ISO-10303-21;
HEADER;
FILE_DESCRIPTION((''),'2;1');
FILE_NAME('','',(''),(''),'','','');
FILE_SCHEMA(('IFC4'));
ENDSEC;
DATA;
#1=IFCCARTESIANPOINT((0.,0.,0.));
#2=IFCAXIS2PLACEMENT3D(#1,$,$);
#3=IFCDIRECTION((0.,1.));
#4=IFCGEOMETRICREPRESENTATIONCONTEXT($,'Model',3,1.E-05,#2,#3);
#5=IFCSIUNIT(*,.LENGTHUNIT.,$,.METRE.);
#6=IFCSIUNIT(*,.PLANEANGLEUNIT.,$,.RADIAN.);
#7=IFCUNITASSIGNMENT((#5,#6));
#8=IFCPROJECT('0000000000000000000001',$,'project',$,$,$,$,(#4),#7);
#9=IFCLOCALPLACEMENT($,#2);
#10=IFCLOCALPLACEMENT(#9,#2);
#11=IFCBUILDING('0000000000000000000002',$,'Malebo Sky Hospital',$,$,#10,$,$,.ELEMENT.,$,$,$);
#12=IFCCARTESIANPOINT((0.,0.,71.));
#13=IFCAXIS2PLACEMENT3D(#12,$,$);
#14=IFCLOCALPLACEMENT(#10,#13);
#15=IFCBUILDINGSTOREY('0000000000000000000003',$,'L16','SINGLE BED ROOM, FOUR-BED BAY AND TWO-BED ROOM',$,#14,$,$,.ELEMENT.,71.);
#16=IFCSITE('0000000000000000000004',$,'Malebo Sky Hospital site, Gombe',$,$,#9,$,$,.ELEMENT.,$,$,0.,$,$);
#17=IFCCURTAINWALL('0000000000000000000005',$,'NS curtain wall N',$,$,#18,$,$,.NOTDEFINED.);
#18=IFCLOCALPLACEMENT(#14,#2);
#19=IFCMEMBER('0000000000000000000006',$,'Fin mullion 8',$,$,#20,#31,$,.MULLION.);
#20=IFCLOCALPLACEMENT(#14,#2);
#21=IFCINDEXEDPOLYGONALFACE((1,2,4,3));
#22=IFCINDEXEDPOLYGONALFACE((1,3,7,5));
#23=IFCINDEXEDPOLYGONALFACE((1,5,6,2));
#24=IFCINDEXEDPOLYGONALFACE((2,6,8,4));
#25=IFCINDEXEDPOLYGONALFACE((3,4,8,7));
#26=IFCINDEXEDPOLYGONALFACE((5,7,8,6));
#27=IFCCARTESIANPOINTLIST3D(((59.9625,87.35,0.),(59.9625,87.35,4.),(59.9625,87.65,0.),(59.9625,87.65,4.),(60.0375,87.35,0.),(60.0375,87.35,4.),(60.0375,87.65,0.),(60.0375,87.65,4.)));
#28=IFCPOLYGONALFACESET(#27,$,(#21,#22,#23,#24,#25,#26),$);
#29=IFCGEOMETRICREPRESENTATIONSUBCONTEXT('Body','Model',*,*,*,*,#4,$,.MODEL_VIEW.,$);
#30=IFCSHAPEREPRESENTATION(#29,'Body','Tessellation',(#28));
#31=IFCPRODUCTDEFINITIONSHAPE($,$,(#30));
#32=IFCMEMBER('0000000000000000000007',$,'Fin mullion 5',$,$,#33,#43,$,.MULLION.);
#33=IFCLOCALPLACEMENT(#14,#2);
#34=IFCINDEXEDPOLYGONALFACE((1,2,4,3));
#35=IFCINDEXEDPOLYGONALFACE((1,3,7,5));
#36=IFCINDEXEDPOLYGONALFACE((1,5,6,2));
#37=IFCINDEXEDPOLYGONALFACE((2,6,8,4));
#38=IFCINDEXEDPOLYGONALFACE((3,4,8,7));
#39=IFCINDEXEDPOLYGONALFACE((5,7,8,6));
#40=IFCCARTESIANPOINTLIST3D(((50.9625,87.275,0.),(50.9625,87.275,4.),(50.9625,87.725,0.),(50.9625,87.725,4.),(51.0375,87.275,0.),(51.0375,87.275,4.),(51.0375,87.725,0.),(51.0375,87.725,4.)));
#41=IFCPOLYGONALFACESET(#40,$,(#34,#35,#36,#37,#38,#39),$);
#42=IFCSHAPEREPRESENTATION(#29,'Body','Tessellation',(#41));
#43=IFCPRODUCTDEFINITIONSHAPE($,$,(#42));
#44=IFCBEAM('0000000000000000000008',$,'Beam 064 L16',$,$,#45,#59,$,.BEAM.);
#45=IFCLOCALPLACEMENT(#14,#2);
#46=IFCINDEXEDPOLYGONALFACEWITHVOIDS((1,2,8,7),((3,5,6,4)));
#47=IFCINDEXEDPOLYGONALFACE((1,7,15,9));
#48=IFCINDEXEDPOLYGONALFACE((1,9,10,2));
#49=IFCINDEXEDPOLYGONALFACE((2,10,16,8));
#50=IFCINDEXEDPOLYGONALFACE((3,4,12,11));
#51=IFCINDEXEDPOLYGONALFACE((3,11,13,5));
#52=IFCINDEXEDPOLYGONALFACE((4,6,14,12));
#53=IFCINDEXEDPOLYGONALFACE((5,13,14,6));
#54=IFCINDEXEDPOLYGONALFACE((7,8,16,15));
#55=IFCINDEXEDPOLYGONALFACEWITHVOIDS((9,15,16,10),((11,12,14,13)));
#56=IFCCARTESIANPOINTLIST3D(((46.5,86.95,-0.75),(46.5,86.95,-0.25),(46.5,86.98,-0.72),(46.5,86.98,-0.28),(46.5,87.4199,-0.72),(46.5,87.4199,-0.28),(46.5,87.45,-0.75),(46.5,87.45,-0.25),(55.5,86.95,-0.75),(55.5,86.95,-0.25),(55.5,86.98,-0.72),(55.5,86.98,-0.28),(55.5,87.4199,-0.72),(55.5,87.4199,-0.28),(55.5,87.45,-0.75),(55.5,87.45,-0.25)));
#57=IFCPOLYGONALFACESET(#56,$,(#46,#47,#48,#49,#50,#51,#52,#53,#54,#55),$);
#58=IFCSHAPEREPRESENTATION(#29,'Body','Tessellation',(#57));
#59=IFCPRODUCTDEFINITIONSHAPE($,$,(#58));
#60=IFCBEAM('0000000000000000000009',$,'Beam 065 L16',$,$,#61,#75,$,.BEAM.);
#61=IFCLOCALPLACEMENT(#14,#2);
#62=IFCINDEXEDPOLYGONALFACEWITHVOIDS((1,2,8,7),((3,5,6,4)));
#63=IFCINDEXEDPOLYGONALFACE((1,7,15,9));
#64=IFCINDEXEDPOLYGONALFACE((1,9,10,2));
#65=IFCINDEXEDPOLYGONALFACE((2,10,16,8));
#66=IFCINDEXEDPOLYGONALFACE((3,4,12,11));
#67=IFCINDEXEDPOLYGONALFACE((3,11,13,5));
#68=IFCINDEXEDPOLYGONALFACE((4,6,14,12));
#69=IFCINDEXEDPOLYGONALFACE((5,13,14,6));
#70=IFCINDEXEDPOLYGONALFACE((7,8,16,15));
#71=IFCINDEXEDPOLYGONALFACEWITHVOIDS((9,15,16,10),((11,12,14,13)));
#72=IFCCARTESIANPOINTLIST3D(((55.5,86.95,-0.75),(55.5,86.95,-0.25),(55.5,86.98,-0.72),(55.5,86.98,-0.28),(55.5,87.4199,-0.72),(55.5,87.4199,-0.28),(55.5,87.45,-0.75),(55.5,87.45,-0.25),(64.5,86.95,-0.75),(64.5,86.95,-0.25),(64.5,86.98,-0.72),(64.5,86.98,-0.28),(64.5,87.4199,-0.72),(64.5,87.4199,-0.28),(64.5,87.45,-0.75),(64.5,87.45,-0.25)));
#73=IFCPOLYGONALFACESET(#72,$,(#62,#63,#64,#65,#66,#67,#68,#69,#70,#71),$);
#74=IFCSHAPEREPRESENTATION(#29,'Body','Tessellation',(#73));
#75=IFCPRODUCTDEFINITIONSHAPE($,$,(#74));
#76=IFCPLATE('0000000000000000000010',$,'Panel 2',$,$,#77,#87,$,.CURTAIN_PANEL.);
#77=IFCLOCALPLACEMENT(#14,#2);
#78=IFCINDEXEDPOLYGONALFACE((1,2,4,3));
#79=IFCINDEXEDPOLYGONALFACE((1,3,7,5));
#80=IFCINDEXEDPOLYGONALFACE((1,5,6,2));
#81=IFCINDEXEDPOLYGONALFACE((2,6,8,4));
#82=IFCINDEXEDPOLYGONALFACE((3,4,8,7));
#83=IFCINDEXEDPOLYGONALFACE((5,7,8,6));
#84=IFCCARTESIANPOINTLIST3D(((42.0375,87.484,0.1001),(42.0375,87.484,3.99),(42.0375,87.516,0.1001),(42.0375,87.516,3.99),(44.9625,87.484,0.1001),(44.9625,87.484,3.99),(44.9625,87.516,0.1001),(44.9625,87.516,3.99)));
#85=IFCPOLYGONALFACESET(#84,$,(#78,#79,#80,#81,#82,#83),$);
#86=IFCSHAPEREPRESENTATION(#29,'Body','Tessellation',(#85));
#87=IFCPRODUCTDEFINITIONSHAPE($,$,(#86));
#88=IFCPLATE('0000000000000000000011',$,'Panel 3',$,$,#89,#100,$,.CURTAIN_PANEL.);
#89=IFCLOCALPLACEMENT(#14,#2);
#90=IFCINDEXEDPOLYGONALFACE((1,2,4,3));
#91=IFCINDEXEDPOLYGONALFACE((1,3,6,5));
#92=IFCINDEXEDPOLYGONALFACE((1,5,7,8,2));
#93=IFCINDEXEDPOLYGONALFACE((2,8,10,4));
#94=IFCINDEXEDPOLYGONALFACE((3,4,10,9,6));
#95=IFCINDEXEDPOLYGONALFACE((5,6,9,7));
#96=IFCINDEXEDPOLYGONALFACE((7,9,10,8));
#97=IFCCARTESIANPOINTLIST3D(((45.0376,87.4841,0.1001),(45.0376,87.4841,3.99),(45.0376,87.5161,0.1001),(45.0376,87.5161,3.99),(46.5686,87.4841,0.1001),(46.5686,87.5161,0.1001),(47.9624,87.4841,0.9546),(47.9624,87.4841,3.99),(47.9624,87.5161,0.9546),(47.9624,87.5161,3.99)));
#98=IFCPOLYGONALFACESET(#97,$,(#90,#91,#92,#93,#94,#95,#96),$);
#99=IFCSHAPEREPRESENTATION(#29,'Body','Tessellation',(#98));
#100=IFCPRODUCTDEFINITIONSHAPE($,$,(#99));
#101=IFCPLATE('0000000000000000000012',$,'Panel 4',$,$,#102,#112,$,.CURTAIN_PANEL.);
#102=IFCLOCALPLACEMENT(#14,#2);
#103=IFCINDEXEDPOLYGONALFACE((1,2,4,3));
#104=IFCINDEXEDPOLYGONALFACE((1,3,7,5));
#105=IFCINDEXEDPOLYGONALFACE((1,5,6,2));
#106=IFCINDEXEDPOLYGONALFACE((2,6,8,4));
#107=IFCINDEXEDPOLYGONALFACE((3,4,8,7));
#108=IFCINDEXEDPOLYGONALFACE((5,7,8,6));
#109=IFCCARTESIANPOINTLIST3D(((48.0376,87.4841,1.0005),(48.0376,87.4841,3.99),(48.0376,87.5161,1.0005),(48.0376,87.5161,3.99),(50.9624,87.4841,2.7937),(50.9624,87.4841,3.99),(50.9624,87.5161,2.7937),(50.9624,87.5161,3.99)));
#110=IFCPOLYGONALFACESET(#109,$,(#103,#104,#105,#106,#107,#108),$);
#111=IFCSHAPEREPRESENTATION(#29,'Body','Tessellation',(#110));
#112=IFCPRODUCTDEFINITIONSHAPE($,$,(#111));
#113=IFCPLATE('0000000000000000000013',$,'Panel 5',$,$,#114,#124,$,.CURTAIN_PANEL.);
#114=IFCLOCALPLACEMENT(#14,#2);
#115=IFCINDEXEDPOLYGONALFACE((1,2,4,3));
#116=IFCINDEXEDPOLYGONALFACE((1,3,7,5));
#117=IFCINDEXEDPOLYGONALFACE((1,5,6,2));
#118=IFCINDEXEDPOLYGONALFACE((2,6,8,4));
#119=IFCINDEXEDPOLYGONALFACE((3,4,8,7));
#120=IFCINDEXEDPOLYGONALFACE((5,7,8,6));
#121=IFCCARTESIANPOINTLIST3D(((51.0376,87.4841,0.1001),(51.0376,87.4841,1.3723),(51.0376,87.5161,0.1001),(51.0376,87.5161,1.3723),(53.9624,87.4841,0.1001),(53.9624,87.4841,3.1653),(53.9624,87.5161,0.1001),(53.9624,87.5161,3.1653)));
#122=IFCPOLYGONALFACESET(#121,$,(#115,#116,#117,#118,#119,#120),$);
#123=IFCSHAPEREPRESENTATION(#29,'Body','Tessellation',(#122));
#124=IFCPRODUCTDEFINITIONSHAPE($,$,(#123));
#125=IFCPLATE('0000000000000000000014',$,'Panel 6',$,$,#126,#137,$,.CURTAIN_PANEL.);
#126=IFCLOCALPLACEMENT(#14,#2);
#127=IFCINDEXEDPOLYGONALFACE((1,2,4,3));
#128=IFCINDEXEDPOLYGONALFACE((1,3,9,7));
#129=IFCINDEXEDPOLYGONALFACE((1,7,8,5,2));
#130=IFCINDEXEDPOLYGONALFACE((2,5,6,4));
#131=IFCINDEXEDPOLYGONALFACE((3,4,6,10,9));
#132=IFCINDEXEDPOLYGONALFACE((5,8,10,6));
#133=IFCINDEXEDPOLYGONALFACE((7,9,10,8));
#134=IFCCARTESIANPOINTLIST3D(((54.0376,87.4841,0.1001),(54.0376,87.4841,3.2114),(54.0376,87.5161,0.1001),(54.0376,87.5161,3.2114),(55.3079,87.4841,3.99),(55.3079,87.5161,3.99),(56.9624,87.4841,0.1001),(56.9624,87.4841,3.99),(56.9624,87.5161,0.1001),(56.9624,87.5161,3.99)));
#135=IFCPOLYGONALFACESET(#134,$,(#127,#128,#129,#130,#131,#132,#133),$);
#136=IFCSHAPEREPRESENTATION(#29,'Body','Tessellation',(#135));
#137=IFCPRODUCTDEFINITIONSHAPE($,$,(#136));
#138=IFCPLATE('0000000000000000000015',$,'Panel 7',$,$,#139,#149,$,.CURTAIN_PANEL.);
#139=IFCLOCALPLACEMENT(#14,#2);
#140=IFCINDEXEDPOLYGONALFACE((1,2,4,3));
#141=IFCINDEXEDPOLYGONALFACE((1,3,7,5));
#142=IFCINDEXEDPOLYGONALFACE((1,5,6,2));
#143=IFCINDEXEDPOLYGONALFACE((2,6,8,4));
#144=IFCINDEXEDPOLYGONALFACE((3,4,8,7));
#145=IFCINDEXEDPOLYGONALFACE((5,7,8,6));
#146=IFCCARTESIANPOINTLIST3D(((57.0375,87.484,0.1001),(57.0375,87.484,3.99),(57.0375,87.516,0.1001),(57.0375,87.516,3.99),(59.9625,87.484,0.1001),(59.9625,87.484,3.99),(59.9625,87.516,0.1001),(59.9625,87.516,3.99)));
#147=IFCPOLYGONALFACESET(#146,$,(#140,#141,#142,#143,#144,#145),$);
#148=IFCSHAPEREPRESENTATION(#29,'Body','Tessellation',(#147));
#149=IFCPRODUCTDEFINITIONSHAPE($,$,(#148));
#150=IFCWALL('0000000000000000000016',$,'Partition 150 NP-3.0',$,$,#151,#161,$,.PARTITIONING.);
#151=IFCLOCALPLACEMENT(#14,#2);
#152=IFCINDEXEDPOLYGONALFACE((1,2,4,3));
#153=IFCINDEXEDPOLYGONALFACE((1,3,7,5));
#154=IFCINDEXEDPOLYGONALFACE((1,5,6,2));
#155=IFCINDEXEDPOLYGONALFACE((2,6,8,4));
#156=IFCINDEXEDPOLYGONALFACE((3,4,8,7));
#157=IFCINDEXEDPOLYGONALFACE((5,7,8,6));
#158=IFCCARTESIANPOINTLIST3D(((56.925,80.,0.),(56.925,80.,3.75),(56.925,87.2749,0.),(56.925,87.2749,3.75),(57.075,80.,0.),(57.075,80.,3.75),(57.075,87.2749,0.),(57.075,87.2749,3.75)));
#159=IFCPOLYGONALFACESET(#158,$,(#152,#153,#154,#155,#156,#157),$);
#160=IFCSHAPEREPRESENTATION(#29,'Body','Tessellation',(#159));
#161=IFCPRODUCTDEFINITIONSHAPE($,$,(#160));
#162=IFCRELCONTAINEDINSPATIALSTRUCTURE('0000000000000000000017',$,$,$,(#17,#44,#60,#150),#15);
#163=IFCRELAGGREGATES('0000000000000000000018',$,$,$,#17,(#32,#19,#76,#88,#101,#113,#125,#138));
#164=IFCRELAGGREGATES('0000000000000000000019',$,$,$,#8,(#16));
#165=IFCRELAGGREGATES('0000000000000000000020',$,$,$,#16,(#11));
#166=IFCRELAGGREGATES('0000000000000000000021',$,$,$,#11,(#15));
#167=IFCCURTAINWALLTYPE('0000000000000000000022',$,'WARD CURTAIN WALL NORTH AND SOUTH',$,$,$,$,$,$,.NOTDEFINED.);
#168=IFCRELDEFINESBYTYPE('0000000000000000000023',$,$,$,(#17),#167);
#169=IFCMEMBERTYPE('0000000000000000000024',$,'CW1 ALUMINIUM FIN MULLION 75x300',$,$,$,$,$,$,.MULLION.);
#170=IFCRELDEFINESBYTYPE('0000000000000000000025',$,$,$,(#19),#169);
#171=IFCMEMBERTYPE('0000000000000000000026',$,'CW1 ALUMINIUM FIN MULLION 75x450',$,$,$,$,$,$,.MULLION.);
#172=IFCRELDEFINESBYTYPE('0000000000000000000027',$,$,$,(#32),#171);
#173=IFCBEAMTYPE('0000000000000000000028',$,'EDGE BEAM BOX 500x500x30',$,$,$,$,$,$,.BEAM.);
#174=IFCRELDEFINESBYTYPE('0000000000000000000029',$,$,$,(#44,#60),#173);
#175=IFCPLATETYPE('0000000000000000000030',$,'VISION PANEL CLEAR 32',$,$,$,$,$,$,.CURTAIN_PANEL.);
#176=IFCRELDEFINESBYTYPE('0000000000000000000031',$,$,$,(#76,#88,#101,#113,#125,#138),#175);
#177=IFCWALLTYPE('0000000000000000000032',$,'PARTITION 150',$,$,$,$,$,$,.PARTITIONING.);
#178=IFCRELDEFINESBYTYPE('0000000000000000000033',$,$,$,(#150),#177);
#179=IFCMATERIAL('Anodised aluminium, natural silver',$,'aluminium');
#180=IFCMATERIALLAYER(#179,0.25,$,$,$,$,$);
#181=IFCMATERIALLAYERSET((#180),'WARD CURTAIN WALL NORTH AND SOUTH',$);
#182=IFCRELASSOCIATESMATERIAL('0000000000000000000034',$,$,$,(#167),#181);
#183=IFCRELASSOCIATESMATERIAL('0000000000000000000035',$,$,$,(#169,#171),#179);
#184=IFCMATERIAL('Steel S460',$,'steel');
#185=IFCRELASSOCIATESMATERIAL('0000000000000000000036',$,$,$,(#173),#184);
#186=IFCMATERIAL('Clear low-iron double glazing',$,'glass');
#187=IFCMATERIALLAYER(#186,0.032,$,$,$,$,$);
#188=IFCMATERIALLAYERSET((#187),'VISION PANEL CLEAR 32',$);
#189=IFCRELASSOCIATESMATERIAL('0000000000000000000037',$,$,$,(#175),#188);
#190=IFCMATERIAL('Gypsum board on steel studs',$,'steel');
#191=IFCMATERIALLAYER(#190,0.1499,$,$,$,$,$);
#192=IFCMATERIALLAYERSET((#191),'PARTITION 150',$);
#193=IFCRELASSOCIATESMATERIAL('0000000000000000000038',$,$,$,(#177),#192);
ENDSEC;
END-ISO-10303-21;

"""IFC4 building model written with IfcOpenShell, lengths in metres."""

from ifc_helpers import new_model, si_unit, direction, frame, frame_2d, origin, origin_2d, place, context, subcontext, project, spatial, polyline, rectangle, hollow_rectangle, outline, extrude, material, layer, layer_set, material_profile, profile_set, type_object, element, aggregate, save


model = new_model("IFC4")

# Units and contexts
model_context = context("Model", 3, precision=1e-05, world=origin(), true_north=direction((0.0, 1.0)))
body_context = subcontext(model_context, "Body", "Model", "MODEL_VIEW")
ifc_project = project(units=[si_unit("LENGTHUNIT", "METRE"), si_unit("PLANEANGLEUNIT", "RADIAN")], contexts=[model_context])

# Site, building, storey
site_placement = place(None, origin())
site = spatial("IfcSite", under=ifc_project, at=site_placement, Name="Malebo Sky Hospital site, Gombe", CompositionType="ELEMENT", RefElevation=0.0)
building_placement = place(site_placement, origin())
building = spatial("IfcBuilding", under=site, at=building_placement, Name="Malebo Sky Hospital", CompositionType="ELEMENT")
storey_placement = place(building_placement, frame((0.0, 0.0, 71.0)))
storey = spatial("IfcBuildingStorey", under=building, at=storey_placement, Name="L16", Description="SINGLE BED ROOM, FOUR-BED BAY AND TWO-BED ROOM", CompositionType="ELEMENT", Elevation=71.0)

# Shared definitions
ifc_material_1 = material(Name="Steel S460", Category="steel")

# Curtain wall
ifc_material_2 = material(Name="Anodised aluminium, natural silver", Category="aluminium")
ifc_layer_1 = layer(ifc_material_2, 0.25)
ifc_layer_set_1 = layer_set([ifc_layer_1], Name="WARD CURTAIN WALL NORTH AND SOUTH")
curtain_wall_type = type_object("IfcCurtainWallType", Name="WARD CURTAIN WALL NORTH AND SOUTH", PredefinedType="NOTDEFINED", material=ifc_layer_set_1)
curtain_wall_placement = place(storey_placement, origin())
curtain_wall = element("IfcCurtainWall", 1, at=curtain_wall_placement, inside=storey, type_object=curtain_wall_type, Name="NS curtain wall N", PredefinedType="NOTDEFINED")

# Members
ifc_material_profile_1 = material_profile(ifc_material_2, rectangle(XDim=0.075, YDim=0.3, at=origin_2d()), Name="CW1 ALUMINIUM FIN MULLION 75x300")
ifc_profile_set_1 = profile_set([ifc_material_profile_1], Name="Anodised aluminium, natural silver")
member_type_1 = type_object("IfcMemberType", Name="CW1 ALUMINIUM FIN MULLION 75x300", PredefinedType="MULLION", material=ifc_profile_set_1)
member_1_placement = place(storey_placement, frame((60.0, 87.5, 0.0), z_axis=(0.0, 0.0, 1.0), x_axis=(1.0, 0.0, 0.0)))
member_1 = element("IfcMember", 2, at=member_1_placement, type_object=member_type_1, Name="Fin mullion 8", PredefinedType="MULLION", context=body_context, shape_type="SweptSolid", body=[
    extrude(rectangle(XDim=0.075, YDim=0.3, at=origin_2d()), origin(), (0.0, 0.0, 1.0), 4.0),
])
ifc_material_profile_2 = material_profile(ifc_material_2, rectangle(XDim=0.075, YDim=0.45, at=origin_2d()), Name="CW1 ALUMINIUM FIN MULLION 75x450")
ifc_profile_set_2 = profile_set([ifc_material_profile_2], Name="Anodised aluminium, natural silver")
member_type_2 = type_object("IfcMemberType", Name="CW1 ALUMINIUM FIN MULLION 75x450", PredefinedType="MULLION", material=ifc_profile_set_2)
member_2_placement = place(storey_placement, frame((51.0, 87.5, 0.0), z_axis=(0.0, 0.0, 1.0), x_axis=(1.0, 0.0, 0.0)))
member_2 = element("IfcMember", 3, at=member_2_placement, type_object=member_type_2, Name="Fin mullion 5", PredefinedType="MULLION", context=body_context, shape_type="SweptSolid", body=[
    extrude(rectangle(XDim=0.075, YDim=0.45, at=origin_2d()), origin(), (0.0, 0.0, 1.0), 4.0),
])

# Beams
ifc_material_profile_3 = material_profile(ifc_material_1, hollow_rectangle(XDim=0.5, YDim=0.5, WallThickness=0.03, at=origin_2d()), Name="BOX 500x500x30")
ifc_profile_set_3 = profile_set([ifc_material_profile_3], Name="Steel S460")
beam_type = type_object("IfcBeamType", Name="EDGE BEAM BOX 500x500x30", PredefinedType="BEAM", material=ifc_profile_set_3)
for number, where, z_axis, x_axis, name in (
    (4, (46.5, 87.2, -0.5), (1.0, 0.0, 0.0), (0.0, 1.0, 0.0), "Beam 064 L16"),
    (5, (55.5, 87.2, -0.5), (1.0, 0.0, 0.0), (0.0, 1.0, 0.0), "Beam 065 L16"),
):
    element("IfcBeam", number, at=place(storey_placement, frame(where, z_axis=z_axis, x_axis=x_axis)), inside=storey, type_object=beam_type, Name=name, PredefinedType="BEAM", context=body_context, shape_type="SweptSolid", body=[
        extrude(hollow_rectangle(XDim=0.5, YDim=0.5, WallThickness=0.03, at=origin_2d()), origin(), (0.0, 0.0, 1.0), 9.0),
    ])

# Plates
ifc_material_3 = material(Name="Clear low-iron double glazing", Category="glass")
ifc_layer_2 = layer(ifc_material_3, 0.032)
ifc_layer_set_2 = layer_set([ifc_layer_2], Name="VISION PANEL CLEAR 32")
plate_type = type_object("IfcPlateType", Name="VISION PANEL CLEAR 32", PredefinedType="CURTAIN_PANEL", material=ifc_layer_set_2)
plate_1_placement = place(storey_placement, frame((43.5, 87.5, 0.1001), z_axis=(0.0, 0.0, 1.0), x_axis=(1.0, 0.0, 0.0)))
plate_1 = element("IfcPlate", 6, at=plate_1_placement, type_object=plate_type, Name="Panel 2", PredefinedType="CURTAIN_PANEL", context=body_context, shape_type="SweptSolid", body=[
    extrude(rectangle(XDim=2.925, YDim=0.032, at=origin_2d()), origin(), (0.0, 0.0, 1.0), 3.8899),
])
plate_2_placement = place(storey_placement, frame((46.5, 87.5, 0.1001), z_axis=(0.0, 0.0, 1.0), x_axis=(1.0, 0.0, 0.0)))
plate_2 = element("IfcPlate", 7, at=plate_2_placement, type_object=plate_type, Name="Panel 3", PredefinedType="CURTAIN_PANEL", context=body_context, shape_type="SweptSolid", body=[
    extrude(outline(polyline([(-1.4624, 0.0), (0.0686, 0.0), (1.4624, 0.8545), (1.4624, 3.8899), (-1.4624, 3.8899), (-1.4624, 0.0)])), frame((0.0, 0.0161, 0.0), z_axis=(0.0, -1.0, 0.0), x_axis=(1.0, 0.0, 0.0)), (0.0, 0.0, 1.0), 0.032),
])
plate_3_placement = place(storey_placement, frame((49.5, 87.5, 1.0005), z_axis=(0.0, 0.0, 1.0), x_axis=(1.0, 0.0, 0.0)))
plate_3 = element("IfcPlate", 8, at=plate_3_placement, type_object=plate_type, Name="Panel 4", PredefinedType="CURTAIN_PANEL", context=body_context, shape_type="SweptSolid", body=[
    extrude(outline(polyline([(-1.4624, 0.0), (1.4624, 1.7932), (1.4624, 2.9895), (-1.4624, 2.9895), (-1.4624, 0.0)])), frame((0.0, 0.0161, 0.0), z_axis=(0.0, -1.0, 0.0), x_axis=(1.0, 0.0, 0.0)), (0.0, 0.0, 1.0), 0.032),
])
plate_4_placement = place(storey_placement, frame((52.5, 87.5, 0.1001), z_axis=(0.0, 0.0, 1.0), x_axis=(1.0, 0.0, 0.0)))
plate_4 = element("IfcPlate", 9, at=plate_4_placement, type_object=plate_type, Name="Panel 5", PredefinedType="CURTAIN_PANEL", context=body_context, shape_type="SweptSolid", body=[
    extrude(outline(polyline([(-1.4624, 0.0), (1.4624, 0.0), (1.4624, 3.0652), (-1.4624, 1.2722), (-1.4624, 0.0)])), frame((0.0, 0.0161, 0.0), z_axis=(0.0, -1.0, 0.0), x_axis=(1.0, 0.0, 0.0)), (0.0, 0.0, 1.0), 0.032),
])
plate_5_placement = place(storey_placement, frame((55.5, 87.5, 0.1001), z_axis=(0.0, 0.0, 1.0), x_axis=(1.0, 0.0, 0.0)))
plate_5 = element("IfcPlate", 10, at=plate_5_placement, type_object=plate_type, Name="Panel 6", PredefinedType="CURTAIN_PANEL", context=body_context, shape_type="SweptSolid", body=[
    extrude(outline(polyline([(-1.4624, 0.0), (1.4624, 0.0), (1.4624, 3.8899), (-0.1921, 3.8899), (-1.4624, 3.1113), (-1.4624, 0.0)])), frame((0.0, 0.0161, 0.0), z_axis=(0.0, -1.0, 0.0), x_axis=(1.0, 0.0, 0.0)), (0.0, 0.0, 1.0), 0.032),
])
plate_6_placement = place(storey_placement, frame((58.5, 87.5, 0.1001), z_axis=(0.0, 0.0, 1.0), x_axis=(1.0, 0.0, 0.0)))
plate_6 = element("IfcPlate", 11, at=plate_6_placement, type_object=plate_type, Name="Panel 7", PredefinedType="CURTAIN_PANEL", context=body_context, shape_type="SweptSolid", body=[
    extrude(rectangle(XDim=2.925, YDim=0.032, at=origin_2d()), origin(), (0.0, 0.0, 1.0), 3.8899),
])
aggregate(curtain_wall, [member_2, member_1, plate_1, plate_2, plate_3, plate_4, plate_5, plate_6])

# Wall
ifc_material_4 = material(Name="Gypsum board on steel studs", Category="steel")
ifc_layer_3 = layer(ifc_material_4, 0.1499)
ifc_layer_set_3 = layer_set([ifc_layer_3], Name="PARTITION 150")
wall_type = type_object("IfcWallType", Name="PARTITION 150", PredefinedType="PARTITIONING", material=ifc_layer_set_3)
wall_1_placement = place(storey_placement, frame((57.0, 80.0, 0.0), z_axis=(0.0, 0.0, 1.0), x_axis=(0.0, 1.0, 0.0)))
element("IfcWall", 12, at=wall_1_placement, inside=storey, type_object=wall_type, Name="Partition 150 NP-3.0", PredefinedType="PARTITIONING", context=body_context, shape_type="SweptSolid", body=[
    extrude(rectangle(XDim=7.2749, YDim=0.1499, at=frame_2d((3.6375, 0.0))), origin(), (0.0, 0.0, 1.0), 3.75),
])

save(model, "model.ifc")
